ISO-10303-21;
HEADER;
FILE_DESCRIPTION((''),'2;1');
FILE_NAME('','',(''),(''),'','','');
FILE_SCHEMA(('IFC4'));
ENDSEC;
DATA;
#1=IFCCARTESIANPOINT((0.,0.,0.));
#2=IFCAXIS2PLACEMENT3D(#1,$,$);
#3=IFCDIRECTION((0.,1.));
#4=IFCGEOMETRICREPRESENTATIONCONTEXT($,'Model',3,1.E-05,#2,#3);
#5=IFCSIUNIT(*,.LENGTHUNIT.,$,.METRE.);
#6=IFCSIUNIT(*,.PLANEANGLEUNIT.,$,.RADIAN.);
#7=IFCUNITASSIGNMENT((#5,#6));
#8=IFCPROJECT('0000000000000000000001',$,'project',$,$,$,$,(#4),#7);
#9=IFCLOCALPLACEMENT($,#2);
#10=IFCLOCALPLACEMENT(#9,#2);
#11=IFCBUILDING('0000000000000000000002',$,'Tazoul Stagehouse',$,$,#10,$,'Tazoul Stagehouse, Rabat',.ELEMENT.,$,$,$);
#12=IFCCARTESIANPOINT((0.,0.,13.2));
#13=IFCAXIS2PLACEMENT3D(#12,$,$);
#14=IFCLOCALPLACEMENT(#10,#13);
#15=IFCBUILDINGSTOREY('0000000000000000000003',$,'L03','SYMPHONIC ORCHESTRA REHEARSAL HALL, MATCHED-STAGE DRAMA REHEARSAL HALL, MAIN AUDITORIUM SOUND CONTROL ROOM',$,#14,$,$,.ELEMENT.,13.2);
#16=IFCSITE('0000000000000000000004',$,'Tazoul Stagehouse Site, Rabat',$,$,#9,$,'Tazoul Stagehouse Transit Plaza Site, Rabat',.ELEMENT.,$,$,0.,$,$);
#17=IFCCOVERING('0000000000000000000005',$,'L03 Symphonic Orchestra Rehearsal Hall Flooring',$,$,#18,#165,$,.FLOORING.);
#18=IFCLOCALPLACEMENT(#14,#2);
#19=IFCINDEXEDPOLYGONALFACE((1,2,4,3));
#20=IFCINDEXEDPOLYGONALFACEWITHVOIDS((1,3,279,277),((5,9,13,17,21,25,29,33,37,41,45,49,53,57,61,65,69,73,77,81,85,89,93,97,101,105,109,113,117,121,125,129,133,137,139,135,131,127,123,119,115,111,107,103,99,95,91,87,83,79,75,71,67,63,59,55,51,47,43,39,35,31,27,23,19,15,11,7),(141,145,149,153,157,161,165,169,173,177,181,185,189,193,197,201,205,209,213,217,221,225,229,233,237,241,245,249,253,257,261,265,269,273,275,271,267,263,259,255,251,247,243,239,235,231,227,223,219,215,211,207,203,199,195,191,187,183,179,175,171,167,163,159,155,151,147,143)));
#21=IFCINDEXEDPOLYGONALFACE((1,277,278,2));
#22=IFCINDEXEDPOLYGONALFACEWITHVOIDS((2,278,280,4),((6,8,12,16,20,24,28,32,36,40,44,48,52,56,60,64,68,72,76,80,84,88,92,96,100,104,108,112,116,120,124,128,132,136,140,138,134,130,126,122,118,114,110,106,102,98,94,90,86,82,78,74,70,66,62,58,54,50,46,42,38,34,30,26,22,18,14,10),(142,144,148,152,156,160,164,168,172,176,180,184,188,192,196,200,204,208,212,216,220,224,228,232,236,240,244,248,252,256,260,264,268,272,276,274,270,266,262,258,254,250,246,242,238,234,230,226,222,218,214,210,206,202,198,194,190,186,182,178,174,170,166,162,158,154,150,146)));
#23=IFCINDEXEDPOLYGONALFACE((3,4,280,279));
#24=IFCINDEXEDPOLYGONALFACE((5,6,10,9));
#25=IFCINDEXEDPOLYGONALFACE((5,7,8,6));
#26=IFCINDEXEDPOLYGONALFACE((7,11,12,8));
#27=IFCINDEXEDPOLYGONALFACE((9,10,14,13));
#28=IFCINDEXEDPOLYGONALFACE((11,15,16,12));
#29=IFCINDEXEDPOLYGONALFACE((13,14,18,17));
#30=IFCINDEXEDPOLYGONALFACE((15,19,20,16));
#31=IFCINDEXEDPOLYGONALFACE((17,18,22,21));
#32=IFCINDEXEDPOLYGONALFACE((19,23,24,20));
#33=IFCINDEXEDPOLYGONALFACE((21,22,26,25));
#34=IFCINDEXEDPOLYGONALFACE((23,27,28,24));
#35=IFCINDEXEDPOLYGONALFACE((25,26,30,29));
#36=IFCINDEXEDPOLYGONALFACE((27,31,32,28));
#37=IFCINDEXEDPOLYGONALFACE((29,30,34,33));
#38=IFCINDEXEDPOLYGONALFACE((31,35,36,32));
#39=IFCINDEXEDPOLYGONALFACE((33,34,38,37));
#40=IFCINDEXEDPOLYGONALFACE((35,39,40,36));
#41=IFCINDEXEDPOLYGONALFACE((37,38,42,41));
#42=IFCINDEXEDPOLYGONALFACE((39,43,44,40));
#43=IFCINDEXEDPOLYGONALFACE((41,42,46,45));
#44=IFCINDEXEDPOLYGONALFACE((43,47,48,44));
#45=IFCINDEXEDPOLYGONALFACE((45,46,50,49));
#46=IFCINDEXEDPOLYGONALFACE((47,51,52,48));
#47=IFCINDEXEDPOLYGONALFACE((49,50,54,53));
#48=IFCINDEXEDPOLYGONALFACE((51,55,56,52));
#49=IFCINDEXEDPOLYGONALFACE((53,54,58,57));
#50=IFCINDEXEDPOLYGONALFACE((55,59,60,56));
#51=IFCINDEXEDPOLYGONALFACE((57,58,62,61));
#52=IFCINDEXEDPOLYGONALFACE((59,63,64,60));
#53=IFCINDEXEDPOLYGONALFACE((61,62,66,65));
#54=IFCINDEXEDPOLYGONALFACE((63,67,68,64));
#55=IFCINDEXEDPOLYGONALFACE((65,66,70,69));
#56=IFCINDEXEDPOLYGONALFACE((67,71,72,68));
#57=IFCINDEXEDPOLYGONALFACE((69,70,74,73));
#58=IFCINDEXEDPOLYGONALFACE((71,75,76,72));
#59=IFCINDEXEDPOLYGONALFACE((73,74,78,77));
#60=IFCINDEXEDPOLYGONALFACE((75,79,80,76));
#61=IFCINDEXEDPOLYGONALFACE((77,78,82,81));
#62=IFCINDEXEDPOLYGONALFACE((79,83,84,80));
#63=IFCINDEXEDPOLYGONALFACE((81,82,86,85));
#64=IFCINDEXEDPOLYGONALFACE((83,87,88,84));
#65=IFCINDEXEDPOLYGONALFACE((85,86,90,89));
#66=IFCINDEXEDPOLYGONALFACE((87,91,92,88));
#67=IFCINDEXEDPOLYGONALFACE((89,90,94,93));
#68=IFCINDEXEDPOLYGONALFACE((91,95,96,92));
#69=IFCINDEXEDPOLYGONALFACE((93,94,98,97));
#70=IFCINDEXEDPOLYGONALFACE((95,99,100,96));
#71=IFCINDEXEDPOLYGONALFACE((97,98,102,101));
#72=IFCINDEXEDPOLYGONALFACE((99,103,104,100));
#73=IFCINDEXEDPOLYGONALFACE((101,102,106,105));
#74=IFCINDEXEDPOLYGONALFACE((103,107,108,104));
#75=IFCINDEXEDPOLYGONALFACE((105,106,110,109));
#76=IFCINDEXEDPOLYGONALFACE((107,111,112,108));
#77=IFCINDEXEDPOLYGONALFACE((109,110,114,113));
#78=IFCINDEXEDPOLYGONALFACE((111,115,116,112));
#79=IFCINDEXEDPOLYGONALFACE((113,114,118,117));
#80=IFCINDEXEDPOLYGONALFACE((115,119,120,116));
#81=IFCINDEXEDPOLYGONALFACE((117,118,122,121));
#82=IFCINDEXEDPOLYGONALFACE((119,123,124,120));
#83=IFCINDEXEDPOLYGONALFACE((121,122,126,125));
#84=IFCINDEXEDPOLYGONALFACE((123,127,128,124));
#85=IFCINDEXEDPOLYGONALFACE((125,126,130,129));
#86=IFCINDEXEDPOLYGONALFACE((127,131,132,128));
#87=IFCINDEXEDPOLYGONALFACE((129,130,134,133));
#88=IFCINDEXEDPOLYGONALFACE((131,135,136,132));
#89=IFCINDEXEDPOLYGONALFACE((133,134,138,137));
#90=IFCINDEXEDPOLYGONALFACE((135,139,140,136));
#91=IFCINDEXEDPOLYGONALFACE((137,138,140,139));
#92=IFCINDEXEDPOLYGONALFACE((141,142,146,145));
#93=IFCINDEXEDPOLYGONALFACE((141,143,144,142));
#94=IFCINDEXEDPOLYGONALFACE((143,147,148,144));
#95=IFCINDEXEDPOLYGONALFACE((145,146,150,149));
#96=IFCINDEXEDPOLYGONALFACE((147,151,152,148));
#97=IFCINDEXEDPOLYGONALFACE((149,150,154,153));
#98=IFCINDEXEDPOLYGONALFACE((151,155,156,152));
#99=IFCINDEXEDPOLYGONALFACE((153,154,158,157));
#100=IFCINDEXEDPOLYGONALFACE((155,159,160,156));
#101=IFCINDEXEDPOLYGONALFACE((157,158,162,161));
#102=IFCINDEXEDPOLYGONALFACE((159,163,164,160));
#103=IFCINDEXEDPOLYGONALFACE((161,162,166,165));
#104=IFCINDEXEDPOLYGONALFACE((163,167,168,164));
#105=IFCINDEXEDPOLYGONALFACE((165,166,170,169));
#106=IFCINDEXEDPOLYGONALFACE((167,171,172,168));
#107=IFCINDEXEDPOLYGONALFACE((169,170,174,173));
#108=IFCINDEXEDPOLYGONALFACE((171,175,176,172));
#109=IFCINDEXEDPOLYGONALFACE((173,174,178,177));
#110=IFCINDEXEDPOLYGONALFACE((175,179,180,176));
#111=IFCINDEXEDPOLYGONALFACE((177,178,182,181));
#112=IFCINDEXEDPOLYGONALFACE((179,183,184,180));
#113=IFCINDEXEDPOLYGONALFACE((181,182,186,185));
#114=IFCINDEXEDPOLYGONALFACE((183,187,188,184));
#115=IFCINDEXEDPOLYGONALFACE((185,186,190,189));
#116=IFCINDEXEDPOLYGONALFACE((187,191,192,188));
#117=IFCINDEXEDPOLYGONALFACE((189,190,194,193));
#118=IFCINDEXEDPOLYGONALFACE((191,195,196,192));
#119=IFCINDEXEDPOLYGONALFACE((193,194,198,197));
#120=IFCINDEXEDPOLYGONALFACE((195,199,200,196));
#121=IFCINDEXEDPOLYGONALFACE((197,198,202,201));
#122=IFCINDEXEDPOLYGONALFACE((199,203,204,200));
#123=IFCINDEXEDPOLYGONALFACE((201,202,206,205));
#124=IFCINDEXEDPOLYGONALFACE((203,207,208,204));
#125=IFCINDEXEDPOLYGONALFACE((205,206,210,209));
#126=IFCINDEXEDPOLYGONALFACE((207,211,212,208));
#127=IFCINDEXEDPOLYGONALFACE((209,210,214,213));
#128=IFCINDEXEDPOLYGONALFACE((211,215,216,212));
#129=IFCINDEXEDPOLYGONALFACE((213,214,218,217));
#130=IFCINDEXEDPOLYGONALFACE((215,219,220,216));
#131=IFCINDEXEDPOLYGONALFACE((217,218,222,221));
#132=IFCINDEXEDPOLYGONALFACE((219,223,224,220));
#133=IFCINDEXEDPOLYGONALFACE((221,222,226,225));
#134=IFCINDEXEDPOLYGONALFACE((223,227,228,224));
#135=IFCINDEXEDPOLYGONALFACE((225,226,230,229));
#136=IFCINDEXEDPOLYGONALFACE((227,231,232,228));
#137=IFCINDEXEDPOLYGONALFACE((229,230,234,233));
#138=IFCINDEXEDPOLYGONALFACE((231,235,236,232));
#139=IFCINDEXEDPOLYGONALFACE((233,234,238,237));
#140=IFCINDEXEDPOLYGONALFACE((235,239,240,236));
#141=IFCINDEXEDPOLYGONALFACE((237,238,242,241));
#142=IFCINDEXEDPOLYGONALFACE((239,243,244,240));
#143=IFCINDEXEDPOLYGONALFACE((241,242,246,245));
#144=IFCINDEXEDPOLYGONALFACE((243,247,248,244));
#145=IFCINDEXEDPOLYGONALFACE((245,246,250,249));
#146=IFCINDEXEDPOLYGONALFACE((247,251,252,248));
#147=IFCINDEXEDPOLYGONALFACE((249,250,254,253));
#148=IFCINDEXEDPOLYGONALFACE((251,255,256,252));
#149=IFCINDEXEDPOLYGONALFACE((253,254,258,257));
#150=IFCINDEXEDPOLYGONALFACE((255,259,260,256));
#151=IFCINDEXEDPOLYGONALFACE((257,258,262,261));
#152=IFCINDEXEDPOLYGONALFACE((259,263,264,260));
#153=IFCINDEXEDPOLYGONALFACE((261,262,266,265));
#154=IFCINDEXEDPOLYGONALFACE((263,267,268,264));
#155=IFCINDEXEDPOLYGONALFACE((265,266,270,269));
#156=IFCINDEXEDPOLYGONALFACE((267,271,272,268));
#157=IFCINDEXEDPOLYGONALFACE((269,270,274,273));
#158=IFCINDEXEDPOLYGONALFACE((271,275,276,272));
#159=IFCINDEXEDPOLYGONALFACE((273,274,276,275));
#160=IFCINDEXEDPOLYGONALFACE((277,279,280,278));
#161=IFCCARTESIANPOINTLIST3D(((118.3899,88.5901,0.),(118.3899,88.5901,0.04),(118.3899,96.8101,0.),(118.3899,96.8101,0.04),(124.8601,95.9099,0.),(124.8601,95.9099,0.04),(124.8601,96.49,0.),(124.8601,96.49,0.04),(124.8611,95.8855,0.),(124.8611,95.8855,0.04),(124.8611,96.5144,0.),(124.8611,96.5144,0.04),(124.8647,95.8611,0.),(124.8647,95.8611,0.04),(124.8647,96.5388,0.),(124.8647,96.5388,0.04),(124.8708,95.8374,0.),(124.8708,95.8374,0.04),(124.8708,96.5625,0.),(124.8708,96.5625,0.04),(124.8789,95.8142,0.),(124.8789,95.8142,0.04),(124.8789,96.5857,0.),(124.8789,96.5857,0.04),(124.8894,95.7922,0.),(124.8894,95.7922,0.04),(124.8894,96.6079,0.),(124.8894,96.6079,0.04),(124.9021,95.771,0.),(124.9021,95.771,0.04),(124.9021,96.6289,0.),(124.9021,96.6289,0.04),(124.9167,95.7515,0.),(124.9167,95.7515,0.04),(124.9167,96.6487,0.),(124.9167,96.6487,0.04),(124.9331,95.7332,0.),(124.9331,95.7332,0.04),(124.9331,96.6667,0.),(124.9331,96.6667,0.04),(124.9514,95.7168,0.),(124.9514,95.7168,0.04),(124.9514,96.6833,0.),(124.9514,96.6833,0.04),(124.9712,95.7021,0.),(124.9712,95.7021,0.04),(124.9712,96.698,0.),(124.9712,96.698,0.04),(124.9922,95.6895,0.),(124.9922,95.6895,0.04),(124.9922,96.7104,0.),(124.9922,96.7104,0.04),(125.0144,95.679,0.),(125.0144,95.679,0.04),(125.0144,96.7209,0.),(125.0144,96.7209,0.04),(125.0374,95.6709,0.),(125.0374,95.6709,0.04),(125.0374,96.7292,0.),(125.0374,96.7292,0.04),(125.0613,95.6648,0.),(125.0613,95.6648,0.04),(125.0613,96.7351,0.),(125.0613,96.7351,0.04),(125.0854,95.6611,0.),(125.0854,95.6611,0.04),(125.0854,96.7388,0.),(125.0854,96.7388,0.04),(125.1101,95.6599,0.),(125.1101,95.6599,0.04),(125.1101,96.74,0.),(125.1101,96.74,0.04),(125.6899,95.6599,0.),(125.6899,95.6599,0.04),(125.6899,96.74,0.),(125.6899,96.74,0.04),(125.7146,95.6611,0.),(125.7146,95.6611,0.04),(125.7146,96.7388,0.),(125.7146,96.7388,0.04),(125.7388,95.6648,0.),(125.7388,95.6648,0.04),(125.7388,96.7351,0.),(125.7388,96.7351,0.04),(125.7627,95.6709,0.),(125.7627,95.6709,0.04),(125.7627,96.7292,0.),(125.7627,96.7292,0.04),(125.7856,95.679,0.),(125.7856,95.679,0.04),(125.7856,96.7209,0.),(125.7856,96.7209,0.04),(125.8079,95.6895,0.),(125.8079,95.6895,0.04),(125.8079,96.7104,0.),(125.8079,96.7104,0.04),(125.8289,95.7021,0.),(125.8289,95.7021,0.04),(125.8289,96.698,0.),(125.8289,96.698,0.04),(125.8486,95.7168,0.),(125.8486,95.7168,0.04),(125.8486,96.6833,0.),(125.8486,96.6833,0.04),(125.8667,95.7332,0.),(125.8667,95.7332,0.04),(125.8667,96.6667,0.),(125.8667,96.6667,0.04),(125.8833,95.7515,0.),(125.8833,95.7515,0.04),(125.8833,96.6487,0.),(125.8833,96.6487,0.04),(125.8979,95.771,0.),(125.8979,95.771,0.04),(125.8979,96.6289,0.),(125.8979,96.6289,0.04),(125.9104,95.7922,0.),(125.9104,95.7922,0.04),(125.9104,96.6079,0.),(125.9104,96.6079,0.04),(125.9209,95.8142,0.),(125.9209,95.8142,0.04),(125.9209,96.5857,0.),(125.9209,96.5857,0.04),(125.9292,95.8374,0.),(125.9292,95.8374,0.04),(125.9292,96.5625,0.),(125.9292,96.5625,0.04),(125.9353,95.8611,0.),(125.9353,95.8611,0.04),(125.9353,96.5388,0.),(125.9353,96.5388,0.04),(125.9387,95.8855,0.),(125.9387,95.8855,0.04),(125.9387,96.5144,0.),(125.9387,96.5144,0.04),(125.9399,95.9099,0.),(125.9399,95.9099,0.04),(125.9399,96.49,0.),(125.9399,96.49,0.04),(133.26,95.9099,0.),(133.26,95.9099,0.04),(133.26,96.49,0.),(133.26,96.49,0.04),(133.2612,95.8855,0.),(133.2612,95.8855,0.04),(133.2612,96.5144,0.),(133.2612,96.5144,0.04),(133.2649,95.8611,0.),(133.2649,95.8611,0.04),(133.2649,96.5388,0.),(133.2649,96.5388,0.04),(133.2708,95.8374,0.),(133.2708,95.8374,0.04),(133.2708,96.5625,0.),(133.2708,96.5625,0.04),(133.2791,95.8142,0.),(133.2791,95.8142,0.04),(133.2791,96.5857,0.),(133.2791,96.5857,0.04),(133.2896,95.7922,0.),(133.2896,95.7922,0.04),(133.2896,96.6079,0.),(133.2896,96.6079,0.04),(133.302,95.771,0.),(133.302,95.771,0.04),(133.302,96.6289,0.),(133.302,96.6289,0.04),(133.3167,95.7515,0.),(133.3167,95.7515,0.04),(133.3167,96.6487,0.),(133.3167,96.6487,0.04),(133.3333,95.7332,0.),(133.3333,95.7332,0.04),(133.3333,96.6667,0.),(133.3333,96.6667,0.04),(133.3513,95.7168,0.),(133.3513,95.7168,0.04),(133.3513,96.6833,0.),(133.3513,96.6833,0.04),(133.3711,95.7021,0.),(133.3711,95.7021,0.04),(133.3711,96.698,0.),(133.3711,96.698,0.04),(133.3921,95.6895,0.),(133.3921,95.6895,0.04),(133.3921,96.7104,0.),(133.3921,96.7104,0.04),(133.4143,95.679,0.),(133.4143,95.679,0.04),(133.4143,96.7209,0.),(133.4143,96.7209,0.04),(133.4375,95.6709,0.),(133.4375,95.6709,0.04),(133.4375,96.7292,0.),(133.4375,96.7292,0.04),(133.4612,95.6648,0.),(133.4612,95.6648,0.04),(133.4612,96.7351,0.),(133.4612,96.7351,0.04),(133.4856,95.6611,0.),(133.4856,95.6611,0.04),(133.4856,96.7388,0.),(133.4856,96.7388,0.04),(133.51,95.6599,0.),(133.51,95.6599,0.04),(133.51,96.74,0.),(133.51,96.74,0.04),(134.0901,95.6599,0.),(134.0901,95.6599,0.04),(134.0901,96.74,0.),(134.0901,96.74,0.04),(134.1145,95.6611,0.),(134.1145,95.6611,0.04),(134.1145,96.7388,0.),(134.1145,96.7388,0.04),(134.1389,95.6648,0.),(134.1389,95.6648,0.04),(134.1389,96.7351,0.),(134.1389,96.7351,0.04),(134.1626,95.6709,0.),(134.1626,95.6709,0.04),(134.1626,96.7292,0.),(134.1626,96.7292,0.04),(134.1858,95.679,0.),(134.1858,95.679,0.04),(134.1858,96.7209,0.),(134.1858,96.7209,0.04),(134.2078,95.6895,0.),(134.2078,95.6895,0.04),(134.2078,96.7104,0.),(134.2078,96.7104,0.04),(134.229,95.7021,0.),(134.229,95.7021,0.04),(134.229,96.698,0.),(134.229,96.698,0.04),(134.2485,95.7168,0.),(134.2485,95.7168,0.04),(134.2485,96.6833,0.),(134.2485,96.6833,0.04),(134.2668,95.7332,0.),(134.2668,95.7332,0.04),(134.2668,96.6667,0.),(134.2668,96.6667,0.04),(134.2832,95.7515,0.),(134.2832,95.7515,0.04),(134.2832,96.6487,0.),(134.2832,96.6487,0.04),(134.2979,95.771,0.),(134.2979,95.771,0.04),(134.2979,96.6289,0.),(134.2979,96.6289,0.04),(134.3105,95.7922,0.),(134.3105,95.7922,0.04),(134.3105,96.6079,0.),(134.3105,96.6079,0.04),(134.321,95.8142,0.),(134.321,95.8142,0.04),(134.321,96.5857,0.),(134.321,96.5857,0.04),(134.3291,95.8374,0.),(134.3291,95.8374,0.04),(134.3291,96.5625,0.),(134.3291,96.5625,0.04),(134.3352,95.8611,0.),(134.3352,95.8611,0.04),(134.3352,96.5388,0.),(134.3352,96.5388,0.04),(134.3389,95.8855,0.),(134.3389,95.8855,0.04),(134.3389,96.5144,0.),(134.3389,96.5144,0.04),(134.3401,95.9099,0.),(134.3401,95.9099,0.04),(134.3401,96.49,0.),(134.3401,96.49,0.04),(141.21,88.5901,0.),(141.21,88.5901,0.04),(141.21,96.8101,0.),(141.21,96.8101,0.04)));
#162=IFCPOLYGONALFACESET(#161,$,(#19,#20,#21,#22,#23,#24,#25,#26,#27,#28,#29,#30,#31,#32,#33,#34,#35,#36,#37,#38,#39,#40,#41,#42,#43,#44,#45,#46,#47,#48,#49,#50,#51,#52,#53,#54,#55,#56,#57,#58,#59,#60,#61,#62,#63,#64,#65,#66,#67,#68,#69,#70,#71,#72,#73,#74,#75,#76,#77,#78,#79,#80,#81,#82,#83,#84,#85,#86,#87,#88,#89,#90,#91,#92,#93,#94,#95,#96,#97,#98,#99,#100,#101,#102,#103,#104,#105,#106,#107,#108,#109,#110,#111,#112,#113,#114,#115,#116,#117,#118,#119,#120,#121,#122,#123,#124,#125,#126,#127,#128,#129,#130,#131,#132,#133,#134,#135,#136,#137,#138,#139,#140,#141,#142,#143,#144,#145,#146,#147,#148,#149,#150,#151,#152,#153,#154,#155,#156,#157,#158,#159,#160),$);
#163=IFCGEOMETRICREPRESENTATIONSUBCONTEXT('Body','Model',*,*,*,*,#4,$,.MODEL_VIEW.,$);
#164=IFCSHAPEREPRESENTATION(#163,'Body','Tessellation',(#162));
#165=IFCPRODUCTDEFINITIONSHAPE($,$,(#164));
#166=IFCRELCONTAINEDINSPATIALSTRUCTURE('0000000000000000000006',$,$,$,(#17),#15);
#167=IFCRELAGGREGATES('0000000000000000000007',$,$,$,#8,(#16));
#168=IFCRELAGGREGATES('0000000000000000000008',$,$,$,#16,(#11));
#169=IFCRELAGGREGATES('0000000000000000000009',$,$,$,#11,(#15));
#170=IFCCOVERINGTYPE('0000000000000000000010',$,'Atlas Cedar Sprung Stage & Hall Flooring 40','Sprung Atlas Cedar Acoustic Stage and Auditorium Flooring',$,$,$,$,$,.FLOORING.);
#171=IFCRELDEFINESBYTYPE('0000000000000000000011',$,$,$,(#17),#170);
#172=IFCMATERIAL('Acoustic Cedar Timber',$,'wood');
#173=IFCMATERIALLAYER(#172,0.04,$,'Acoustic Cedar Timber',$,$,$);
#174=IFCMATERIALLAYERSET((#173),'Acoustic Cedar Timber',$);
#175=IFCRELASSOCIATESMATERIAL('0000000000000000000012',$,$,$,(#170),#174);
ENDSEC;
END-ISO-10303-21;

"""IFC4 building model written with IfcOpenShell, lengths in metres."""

from ifc_helpers import new_model, si_unit, direction, frame, origin, place, context, subcontext, project, spatial, polyline, outline, extrude, material, layer, layer_set, type_object, element, save


model = new_model("IFC4")

# Units and contexts
model_context = context("Model", 3, precision=1e-05, world=origin(), true_north=direction((0.0, 1.0)))
body_context = subcontext(model_context, "Body", "Model", "MODEL_VIEW")
ifc_project = project(units=[si_unit("LENGTHUNIT", "METRE"), si_unit("PLANEANGLEUNIT", "RADIAN")], contexts=[model_context])

# Site, building, storey
site_placement = place(None, origin())
site = spatial("IfcSite", under=ifc_project, at=site_placement, Name="Tazoul Stagehouse Site, Rabat", LongName="Tazoul Stagehouse Transit Plaza Site, Rabat", CompositionType="ELEMENT", RefElevation=0.0)
building_placement = place(site_placement, origin())
building = spatial("IfcBuilding", under=site, at=building_placement, Name="Tazoul Stagehouse", LongName="Tazoul Stagehouse, Rabat", CompositionType="ELEMENT")
storey_placement = place(building_placement, frame((0.0, 0.0, 13.2)))
storey = spatial("IfcBuildingStorey", under=building, at=storey_placement, Name="L03", Description="SYMPHONIC ORCHESTRA REHEARSAL HALL, MATCHED-STAGE DRAMA REHEARSAL HALL, MAIN AUDITORIUM SOUND CONTROL ROOM", CompositionType="ELEMENT", Elevation=13.2)

# Covering
ifc_material_1 = material(Name="Acoustic Cedar Timber", Category="wood")
ifc_layer_1 = layer(ifc_material_1, 0.04, Name="Acoustic Cedar Timber")
ifc_layer_set_1 = layer_set([ifc_layer_1], Name="Acoustic Cedar Timber")
covering_type_1 = type_object("IfcCoveringType", Name="Atlas Cedar Sprung Stage & Hall Flooring 40", Description="Sprung Atlas Cedar Acoustic Stage and Auditorium Flooring", PredefinedType="FLOORING", material=ifc_layer_set_1)
covering_1_placement = place(storey_placement, origin())
element("IfcCovering", 1, at=covering_1_placement, inside=storey, type_object=covering_type_1, Name="L03 Symphonic Orchestra Rehearsal Hall Flooring", PredefinedType="FLOORING", context=body_context, shape_type="SweptSolid", body=[
    extrude(outline(polyline([(141.21, 96.8101), (141.21, 88.5901), (118.3899, 88.5901), (118.3899, 96.8101), (141.21, 96.8101)]), holes=[polyline([(133.4856, 96.7388), (133.4612, 96.7351), (133.4375, 96.7292), (133.4143, 96.7209), (133.3921, 96.7104), (133.3711, 96.698), (133.3513, 96.6833), (133.3333, 96.6667), (133.3167, 96.6487), (133.302, 96.6289), (133.2896, 96.6079), (133.2791, 96.5857), (133.2708, 96.5625), (133.2649, 96.5388), (133.2612, 96.5144), (133.26, 96.49), (133.26, 95.9099), (133.2612, 95.8855), (133.2649, 95.8611), (133.2708, 95.8374), (133.2791, 95.8142), (133.2896, 95.7922), (133.302, 95.771), (133.3167, 95.7515), (133.3333, 95.7332), (133.3513, 95.7168), (133.3711, 95.7021), (133.3921, 95.6895), (133.4143, 95.679), (133.4375, 95.6709), (133.4612, 95.6648), (133.4856, 95.6611), (133.51, 95.6599), (134.0901, 95.6599), (134.1145, 95.6611), (134.1389, 95.6648), (134.1626, 95.6709), (134.1858, 95.679), (134.2078, 95.6895), (134.229, 95.7021), (134.2485, 95.7168), (134.2668, 95.7332), (134.2832, 95.7515), (134.2979, 95.771), (134.3105, 95.7922), (134.321, 95.8142), (134.3291, 95.8374), (134.3352, 95.8611), (134.3389, 95.8855), (134.3401, 95.9099), (134.3401, 96.49), (134.3389, 96.5144), (134.3352, 96.5388), (134.3291, 96.5625), (134.321, 96.5857), (134.3105, 96.6079), (134.2979, 96.6289), (134.2832, 96.6487), (134.2668, 96.6667), (134.2485, 96.6833), (134.229, 96.698), (134.2078, 96.7104), (134.1858, 96.7209), (134.1626, 96.7292), (134.1389, 96.7351), (134.1145, 96.7388), (134.0901, 96.74), (133.51, 96.74), (133.4856, 96.7388)]), polyline([(125.0854, 96.7388), (125.0613, 96.7351), (125.0374, 96.7292), (125.0144, 96.7209), (124.9922, 96.7104), (124.9712, 96.698), (124.9514, 96.6833), (124.9331, 96.6667), (124.9167, 96.6487), (124.9021, 96.6289), (124.8894, 96.6079), (124.8789, 96.5857), (124.8708, 96.5625), (124.8647, 96.5388), (124.8611, 96.5144), (124.8601, 96.49), (124.8601, 95.9099), (124.8611, 95.8855), (124.8647, 95.8611), (124.8708, 95.8374), (124.8789, 95.8142), (124.8894, 95.7922), (124.9021, 95.771), (124.9167, 95.7515), (124.9331, 95.7332), (124.9514, 95.7168), (124.9712, 95.7021), (124.9922, 95.6895), (125.0144, 95.679), (125.0374, 95.6709), (125.0613, 95.6648), (125.0854, 95.6611), (125.1101, 95.6599), (125.6899, 95.6599), (125.7146, 95.6611), (125.7388, 95.6648), (125.7627, 95.6709), (125.7856, 95.679), (125.8079, 95.6895), (125.8289, 95.7021), (125.8486, 95.7168), (125.8667, 95.7332), (125.8833, 95.7515), (125.8979, 95.771), (125.9104, 95.7922), (125.9209, 95.8142), (125.9292, 95.8374), (125.9353, 95.8611), (125.9387, 95.8855), (125.9399, 95.9099), (125.9399, 96.49), (125.9387, 96.5144), (125.9353, 96.5388), (125.9292, 96.5625), (125.9209, 96.5857), (125.9104, 96.6079), (125.8979, 96.6289), (125.8833, 96.6487), (125.8667, 96.6667), (125.8486, 96.6833), (125.8289, 96.698), (125.8079, 96.7104), (125.7856, 96.7209), (125.7627, 96.7292), (125.7388, 96.7351), (125.7146, 96.7388), (125.6899, 96.74), (125.1101, 96.74), (125.0854, 96.7388)])]), origin(), (0.0, 0.0, 1.0), 0.04),
])

save(model, "model.ifc")
